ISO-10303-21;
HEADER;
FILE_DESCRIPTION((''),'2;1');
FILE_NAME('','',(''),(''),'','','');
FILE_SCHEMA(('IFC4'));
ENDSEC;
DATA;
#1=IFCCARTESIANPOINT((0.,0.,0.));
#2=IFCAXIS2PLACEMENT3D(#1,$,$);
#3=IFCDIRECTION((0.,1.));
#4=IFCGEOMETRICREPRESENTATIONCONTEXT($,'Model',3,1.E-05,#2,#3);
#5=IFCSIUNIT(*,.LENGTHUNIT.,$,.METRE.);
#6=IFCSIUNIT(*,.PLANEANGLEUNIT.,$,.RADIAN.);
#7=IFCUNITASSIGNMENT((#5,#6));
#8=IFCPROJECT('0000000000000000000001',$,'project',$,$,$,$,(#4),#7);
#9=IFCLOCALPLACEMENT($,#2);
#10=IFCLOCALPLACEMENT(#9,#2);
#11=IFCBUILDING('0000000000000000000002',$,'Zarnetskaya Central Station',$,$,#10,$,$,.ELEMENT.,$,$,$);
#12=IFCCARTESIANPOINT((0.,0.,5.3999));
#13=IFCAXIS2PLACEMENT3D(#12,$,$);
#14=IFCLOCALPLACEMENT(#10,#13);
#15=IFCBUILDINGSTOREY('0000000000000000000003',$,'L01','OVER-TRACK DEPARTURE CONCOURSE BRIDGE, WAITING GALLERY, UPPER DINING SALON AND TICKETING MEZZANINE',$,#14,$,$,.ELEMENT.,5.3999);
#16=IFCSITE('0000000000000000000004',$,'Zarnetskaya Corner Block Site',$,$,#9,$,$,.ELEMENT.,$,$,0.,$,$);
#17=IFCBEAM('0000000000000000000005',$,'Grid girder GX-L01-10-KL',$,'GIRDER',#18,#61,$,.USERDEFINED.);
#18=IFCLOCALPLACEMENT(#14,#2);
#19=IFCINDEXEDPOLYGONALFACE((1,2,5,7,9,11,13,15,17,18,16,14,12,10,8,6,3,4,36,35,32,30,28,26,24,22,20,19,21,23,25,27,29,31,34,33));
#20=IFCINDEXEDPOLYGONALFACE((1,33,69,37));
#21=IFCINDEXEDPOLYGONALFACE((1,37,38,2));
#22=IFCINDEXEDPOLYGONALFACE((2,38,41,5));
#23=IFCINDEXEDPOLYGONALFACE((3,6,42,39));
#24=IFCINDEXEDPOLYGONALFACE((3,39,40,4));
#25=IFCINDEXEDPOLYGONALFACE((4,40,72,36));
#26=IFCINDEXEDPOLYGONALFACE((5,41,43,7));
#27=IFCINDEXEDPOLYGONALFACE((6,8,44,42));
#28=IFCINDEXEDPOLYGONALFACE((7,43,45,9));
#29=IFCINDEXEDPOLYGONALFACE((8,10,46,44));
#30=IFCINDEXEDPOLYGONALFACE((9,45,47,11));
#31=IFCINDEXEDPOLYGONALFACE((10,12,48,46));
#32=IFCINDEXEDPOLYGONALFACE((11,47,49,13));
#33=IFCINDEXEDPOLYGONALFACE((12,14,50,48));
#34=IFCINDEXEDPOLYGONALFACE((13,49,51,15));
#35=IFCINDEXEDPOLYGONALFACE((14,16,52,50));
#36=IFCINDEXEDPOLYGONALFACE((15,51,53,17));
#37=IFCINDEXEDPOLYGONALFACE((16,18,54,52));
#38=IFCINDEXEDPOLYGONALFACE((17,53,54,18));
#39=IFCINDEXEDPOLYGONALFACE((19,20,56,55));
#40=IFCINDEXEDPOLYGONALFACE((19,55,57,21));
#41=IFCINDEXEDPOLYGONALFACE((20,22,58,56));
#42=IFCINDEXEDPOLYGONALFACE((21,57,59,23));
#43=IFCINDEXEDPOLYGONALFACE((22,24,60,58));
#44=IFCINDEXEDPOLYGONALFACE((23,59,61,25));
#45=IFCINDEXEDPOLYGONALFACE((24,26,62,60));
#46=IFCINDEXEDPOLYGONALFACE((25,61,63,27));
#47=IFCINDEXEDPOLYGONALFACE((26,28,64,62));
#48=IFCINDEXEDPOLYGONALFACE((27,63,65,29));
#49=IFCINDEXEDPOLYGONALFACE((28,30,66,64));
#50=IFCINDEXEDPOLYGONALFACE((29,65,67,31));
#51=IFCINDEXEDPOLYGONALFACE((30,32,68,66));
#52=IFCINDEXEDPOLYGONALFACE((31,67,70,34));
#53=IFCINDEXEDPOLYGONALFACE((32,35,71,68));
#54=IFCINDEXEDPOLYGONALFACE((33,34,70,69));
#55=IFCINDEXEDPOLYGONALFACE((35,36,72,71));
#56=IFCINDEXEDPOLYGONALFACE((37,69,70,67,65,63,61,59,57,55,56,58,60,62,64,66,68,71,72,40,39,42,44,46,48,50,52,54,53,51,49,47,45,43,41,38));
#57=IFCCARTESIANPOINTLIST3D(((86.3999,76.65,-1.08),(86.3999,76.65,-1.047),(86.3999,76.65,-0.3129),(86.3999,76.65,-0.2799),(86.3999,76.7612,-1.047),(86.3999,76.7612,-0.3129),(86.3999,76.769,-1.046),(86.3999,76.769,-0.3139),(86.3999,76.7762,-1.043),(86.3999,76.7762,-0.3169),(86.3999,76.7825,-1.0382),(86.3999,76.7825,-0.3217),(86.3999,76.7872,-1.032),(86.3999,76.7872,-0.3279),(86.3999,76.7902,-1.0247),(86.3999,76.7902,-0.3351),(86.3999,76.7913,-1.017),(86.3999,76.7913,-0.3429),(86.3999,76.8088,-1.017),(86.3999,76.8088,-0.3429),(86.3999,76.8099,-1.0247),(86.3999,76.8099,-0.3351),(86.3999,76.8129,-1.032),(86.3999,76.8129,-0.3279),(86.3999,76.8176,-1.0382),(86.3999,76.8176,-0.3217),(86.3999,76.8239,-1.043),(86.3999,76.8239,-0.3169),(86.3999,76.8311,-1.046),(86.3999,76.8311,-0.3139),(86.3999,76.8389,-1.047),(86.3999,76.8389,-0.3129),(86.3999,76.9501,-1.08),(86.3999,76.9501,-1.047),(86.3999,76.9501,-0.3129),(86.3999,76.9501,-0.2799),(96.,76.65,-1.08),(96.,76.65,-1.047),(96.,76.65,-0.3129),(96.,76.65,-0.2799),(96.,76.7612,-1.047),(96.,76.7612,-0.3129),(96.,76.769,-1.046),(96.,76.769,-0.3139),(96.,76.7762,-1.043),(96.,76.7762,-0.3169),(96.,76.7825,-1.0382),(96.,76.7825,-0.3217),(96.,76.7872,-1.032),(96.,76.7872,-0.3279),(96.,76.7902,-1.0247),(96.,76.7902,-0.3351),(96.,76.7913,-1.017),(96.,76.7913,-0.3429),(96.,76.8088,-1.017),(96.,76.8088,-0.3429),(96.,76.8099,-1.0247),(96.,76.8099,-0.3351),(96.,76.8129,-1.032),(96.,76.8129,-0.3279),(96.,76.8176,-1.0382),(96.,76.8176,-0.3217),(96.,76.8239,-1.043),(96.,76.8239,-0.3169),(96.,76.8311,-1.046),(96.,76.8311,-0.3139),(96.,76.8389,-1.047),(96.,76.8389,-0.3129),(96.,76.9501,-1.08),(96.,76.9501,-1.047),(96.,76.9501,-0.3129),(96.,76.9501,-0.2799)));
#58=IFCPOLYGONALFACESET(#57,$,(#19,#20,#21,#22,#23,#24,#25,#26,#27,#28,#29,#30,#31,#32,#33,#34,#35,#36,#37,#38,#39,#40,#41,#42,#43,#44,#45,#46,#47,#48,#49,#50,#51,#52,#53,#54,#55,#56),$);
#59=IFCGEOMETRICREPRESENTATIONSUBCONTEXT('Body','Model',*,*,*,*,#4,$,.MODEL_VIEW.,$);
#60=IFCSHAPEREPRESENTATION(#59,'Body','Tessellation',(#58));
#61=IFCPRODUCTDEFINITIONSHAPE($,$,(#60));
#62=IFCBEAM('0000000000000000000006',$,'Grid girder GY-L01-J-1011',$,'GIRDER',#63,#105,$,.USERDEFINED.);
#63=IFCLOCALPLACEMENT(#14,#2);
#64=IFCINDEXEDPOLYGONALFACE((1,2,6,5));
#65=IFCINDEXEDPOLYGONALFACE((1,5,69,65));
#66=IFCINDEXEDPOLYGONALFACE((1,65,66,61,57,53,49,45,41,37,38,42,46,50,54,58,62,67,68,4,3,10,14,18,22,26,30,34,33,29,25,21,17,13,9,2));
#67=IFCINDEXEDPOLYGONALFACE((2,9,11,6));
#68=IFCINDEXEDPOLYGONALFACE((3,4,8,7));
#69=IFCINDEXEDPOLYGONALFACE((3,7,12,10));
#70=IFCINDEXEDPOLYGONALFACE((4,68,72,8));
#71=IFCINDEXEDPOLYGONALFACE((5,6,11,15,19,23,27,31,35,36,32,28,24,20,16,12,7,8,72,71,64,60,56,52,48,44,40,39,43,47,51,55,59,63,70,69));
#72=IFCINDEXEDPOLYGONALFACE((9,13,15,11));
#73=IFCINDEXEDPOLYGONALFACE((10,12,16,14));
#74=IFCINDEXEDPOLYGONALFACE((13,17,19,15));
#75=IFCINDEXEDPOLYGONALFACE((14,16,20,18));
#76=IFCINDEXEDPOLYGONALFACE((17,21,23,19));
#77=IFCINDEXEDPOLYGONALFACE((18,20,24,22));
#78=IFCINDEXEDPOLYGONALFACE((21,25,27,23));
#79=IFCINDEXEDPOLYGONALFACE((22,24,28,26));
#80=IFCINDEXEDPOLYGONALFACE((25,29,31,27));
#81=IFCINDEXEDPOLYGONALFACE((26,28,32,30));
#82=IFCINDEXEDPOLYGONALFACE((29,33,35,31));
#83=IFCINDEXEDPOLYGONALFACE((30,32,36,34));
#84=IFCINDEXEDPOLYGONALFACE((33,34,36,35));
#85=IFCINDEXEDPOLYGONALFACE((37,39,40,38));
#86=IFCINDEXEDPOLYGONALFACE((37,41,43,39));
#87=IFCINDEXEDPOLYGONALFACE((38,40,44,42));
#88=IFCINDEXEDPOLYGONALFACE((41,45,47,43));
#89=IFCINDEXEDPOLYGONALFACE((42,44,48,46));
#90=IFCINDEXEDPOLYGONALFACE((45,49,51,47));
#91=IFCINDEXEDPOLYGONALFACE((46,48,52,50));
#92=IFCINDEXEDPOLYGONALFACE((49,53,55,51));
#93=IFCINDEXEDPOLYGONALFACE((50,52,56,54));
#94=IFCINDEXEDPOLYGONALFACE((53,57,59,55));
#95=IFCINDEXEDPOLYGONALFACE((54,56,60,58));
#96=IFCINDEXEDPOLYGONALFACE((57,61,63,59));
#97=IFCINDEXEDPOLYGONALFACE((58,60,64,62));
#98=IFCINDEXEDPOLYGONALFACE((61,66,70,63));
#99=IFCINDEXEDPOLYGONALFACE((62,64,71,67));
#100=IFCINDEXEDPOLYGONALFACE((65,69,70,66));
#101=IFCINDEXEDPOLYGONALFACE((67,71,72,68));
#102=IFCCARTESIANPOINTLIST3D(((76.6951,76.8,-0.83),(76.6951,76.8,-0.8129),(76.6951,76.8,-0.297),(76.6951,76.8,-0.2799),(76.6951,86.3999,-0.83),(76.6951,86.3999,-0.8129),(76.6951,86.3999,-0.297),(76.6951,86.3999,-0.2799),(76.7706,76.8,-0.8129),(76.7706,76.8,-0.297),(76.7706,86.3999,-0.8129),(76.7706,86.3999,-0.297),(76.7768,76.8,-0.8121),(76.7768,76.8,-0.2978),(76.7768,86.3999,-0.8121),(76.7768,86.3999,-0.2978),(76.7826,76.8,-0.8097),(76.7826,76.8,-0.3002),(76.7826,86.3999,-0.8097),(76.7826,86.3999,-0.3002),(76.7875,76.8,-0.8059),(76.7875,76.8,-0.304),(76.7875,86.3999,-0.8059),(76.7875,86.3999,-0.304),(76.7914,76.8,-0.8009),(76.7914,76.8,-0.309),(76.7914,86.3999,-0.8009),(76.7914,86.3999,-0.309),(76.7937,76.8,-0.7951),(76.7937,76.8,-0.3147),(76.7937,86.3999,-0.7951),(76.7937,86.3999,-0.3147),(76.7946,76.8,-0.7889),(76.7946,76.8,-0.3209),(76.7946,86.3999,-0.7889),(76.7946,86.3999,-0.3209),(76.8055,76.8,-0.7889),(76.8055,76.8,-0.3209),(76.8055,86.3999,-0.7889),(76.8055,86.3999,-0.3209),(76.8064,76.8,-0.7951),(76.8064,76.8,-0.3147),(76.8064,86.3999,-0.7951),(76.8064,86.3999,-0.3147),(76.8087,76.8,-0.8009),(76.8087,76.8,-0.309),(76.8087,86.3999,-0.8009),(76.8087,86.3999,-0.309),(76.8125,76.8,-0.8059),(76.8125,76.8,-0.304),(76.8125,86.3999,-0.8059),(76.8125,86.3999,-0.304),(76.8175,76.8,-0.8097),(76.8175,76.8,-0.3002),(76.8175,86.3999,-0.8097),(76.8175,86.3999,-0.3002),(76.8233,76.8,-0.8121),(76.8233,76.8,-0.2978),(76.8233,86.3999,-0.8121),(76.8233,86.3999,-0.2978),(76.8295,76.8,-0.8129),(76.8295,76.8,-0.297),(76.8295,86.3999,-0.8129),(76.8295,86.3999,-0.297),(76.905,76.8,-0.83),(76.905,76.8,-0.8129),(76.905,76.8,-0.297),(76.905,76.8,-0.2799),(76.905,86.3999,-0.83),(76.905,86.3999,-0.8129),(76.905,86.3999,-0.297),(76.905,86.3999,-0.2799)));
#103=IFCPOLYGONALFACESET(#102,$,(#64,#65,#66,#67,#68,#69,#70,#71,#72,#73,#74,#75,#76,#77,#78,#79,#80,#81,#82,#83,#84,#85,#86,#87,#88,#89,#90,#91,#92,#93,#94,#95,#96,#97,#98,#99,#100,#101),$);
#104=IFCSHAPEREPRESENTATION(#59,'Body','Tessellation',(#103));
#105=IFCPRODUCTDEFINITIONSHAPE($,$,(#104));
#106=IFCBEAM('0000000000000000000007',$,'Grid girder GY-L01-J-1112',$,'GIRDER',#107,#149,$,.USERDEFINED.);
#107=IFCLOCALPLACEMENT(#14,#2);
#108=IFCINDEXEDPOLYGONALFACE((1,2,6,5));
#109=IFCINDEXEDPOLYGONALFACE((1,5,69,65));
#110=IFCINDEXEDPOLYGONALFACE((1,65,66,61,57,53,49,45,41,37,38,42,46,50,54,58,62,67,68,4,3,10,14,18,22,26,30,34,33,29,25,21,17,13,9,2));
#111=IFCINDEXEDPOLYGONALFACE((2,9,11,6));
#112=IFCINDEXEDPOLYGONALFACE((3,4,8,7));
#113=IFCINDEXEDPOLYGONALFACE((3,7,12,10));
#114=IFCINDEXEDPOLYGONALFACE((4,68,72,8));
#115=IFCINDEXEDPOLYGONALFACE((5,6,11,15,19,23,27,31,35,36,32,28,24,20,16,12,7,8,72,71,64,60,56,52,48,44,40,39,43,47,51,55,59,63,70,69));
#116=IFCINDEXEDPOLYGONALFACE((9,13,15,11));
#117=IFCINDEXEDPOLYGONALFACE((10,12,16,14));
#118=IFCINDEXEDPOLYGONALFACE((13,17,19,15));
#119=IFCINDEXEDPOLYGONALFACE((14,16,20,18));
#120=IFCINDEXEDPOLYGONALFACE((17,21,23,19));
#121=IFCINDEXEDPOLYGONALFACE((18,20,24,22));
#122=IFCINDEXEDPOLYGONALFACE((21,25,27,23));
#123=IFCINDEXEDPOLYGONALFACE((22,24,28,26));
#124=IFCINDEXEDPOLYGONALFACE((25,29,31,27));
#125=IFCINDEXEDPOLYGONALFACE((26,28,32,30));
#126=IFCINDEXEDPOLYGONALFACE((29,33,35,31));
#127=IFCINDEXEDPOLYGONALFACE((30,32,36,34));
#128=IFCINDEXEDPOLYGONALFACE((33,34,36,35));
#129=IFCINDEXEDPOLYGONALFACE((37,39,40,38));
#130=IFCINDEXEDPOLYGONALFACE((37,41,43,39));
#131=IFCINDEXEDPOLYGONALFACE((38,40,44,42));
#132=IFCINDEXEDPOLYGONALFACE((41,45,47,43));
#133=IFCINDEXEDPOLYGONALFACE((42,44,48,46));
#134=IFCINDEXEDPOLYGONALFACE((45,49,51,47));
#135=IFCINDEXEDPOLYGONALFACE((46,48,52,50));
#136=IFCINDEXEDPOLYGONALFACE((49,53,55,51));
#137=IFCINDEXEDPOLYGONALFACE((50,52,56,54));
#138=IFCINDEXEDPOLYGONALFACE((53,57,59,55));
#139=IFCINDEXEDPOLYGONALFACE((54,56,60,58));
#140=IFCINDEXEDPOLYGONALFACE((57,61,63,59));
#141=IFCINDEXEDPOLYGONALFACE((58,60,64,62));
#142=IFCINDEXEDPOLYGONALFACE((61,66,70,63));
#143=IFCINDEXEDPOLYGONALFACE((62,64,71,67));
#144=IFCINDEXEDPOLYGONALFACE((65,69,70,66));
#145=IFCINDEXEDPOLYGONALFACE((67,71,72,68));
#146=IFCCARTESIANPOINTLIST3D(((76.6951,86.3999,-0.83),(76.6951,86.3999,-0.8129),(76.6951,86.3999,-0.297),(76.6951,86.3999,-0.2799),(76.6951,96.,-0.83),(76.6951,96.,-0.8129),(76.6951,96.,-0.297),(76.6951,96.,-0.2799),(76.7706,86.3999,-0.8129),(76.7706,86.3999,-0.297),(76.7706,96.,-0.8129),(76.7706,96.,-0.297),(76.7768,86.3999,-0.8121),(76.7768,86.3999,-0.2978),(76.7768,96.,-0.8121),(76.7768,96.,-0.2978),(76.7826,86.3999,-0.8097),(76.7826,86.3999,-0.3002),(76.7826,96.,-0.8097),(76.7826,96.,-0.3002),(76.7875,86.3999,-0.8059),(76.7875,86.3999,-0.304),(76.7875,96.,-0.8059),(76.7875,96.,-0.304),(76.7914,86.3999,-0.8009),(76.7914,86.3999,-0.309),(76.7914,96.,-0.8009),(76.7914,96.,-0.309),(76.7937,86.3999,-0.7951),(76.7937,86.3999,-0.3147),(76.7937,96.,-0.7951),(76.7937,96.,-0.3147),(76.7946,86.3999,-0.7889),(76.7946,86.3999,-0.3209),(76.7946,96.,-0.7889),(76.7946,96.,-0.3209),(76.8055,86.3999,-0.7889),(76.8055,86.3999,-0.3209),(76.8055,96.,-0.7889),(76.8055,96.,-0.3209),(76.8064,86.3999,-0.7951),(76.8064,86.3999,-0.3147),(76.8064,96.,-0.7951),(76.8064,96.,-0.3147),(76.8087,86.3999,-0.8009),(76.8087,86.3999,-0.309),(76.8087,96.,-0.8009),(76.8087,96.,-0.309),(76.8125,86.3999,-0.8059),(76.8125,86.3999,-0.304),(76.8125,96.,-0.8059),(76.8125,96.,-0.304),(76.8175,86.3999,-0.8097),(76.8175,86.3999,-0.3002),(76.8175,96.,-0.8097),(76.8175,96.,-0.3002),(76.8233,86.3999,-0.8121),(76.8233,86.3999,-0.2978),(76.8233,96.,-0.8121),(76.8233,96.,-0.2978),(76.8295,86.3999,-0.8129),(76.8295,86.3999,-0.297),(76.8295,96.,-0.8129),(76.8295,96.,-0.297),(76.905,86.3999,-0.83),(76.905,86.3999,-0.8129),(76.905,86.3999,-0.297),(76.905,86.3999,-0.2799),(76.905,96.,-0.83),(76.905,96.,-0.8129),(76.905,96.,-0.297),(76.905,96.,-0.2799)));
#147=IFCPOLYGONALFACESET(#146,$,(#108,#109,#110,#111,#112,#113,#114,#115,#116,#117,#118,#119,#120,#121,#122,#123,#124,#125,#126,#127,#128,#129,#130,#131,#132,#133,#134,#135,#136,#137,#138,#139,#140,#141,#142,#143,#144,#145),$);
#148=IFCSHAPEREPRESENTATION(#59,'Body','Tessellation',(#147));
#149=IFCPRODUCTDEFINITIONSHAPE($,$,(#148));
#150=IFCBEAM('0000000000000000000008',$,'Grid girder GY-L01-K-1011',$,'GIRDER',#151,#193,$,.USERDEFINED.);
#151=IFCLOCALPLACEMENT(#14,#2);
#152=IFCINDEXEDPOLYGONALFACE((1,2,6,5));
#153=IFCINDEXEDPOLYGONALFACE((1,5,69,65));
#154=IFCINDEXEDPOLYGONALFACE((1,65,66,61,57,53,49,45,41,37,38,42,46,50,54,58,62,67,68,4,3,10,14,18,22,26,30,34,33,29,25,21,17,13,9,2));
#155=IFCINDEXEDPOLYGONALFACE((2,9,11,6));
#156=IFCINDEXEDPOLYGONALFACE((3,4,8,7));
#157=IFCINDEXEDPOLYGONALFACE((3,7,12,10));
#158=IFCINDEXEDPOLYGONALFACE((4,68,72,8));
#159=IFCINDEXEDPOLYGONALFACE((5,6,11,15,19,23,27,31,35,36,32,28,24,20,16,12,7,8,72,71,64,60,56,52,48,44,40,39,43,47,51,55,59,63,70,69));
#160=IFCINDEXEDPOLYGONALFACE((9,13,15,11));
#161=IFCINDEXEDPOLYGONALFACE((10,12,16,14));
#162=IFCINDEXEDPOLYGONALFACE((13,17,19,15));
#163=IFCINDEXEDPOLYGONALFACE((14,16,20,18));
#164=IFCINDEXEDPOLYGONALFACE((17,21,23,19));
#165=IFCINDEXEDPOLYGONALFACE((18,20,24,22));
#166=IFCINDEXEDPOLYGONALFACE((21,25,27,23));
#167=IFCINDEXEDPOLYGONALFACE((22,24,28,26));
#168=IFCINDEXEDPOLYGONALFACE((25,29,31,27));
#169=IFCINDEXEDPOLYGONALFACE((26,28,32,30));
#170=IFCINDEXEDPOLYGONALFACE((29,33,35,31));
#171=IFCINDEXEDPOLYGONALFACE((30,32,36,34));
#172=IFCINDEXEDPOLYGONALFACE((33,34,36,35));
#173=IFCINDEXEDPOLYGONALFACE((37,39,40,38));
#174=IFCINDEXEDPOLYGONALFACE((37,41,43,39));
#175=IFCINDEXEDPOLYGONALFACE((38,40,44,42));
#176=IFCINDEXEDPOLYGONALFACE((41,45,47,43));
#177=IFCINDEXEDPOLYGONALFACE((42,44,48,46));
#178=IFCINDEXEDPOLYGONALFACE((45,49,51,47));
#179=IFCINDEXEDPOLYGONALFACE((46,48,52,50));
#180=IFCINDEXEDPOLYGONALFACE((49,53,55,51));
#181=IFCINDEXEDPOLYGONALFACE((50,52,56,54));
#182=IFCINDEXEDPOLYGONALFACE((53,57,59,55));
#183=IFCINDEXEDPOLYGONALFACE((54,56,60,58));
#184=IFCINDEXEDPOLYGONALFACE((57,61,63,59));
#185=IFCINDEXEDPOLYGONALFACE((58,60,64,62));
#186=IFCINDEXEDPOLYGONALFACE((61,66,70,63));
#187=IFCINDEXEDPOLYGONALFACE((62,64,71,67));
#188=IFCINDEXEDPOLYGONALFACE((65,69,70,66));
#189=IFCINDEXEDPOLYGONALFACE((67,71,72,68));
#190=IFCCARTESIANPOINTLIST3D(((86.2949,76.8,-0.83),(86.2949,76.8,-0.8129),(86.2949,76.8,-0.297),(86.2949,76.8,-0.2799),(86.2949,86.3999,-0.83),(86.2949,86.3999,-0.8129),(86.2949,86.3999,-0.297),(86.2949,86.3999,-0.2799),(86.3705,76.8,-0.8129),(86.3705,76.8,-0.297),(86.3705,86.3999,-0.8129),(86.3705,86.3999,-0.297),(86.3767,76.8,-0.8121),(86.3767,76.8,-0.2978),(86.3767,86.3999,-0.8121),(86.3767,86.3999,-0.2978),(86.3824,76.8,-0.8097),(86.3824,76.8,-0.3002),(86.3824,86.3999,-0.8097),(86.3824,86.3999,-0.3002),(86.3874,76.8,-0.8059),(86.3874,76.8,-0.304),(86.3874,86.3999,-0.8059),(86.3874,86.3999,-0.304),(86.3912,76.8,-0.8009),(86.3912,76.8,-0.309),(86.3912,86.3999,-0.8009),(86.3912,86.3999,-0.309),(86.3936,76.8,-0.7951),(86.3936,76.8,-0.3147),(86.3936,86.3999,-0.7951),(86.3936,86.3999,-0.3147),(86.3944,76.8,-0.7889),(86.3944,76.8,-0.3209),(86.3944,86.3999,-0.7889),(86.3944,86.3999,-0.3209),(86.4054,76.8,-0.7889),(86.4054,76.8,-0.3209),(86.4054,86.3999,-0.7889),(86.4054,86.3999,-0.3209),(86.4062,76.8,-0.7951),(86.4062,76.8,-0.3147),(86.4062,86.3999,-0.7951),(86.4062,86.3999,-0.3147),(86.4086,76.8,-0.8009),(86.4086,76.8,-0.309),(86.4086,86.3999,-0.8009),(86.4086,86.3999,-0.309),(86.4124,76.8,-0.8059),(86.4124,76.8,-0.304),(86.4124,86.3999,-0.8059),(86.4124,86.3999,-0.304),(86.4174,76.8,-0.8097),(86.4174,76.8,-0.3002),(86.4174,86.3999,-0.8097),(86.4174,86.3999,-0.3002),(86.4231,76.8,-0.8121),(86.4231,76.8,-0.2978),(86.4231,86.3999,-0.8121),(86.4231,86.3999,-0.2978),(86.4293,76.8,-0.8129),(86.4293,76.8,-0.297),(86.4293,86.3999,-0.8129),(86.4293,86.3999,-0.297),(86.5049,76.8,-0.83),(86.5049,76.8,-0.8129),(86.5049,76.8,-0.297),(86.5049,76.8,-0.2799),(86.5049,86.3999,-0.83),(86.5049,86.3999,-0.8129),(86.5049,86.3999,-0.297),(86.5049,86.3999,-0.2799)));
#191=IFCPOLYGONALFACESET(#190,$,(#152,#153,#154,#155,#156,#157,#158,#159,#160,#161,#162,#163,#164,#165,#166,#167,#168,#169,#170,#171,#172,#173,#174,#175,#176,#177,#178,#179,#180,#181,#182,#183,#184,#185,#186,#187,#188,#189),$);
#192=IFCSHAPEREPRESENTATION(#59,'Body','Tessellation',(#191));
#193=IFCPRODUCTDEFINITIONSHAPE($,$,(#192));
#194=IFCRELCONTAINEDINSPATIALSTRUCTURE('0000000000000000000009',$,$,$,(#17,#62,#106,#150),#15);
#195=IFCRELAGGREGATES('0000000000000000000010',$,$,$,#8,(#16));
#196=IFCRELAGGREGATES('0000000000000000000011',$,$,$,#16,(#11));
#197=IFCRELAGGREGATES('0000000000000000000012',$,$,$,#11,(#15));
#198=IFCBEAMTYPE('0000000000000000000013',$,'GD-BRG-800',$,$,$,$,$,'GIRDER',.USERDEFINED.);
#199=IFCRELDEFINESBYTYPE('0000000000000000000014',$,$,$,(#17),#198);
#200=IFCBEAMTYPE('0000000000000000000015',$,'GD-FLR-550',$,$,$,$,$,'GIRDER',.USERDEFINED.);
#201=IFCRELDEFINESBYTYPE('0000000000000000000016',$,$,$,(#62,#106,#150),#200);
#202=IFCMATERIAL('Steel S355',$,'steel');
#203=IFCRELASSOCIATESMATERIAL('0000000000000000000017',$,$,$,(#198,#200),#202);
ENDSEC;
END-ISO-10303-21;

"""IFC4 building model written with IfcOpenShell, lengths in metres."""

from ifc_helpers import new_model, si_unit, direction, frame, origin, origin_2d, place, context, subcontext, project, spatial, i_section, extrude, material, material_profile, profile_set, type_object, element, save


model = new_model("IFC4")

# Units and contexts
model_context = context("Model", 3, precision=1e-05, world=origin(), true_north=direction((0.0, 1.0)))
body_context = subcontext(model_context, "Body", "Model", "MODEL_VIEW")
ifc_project = project(units=[si_unit("LENGTHUNIT", "METRE"), si_unit("PLANEANGLEUNIT", "RADIAN")], contexts=[model_context])

# Site, building, storey
site_placement = place(None, origin())
site = spatial("IfcSite", under=ifc_project, at=site_placement, Name="Zarnetskaya Corner Block Site", CompositionType="ELEMENT", RefElevation=0.0)
building_placement = place(site_placement, origin())
building = spatial("IfcBuilding", under=site, at=building_placement, Name="Zarnetskaya Central Station", CompositionType="ELEMENT")
storey_placement = place(building_placement, frame((0.0, 0.0, 5.3999)))
storey = spatial("IfcBuildingStorey", under=building, at=storey_placement, Name="L01", Description="OVER-TRACK DEPARTURE CONCOURSE BRIDGE, WAITING GALLERY, UPPER DINING SALON AND TICKETING MEZZANINE", CompositionType="ELEMENT", Elevation=5.3999)

# Shared definitions
ifc_material_1 = material(Name="Steel S355", Category="steel")

# Beams
ifc_material_profile_1 = material_profile(ifc_material_1, i_section(OverallWidth=0.3, OverallDepth=0.8, WebThickness=0.0176, FlangeThickness=0.033, FilletRadius=0.03, at=origin_2d()), Name="HEB 800")
ifc_profile_set_1 = profile_set([ifc_material_profile_1], Name="Steel S355")
beam_type_1 = type_object("IfcBeamType", Name="GD-BRG-800", ElementType="GIRDER", PredefinedType="USERDEFINED", material=ifc_profile_set_1)
beam_1_placement = place(storey_placement, frame((86.3999, 76.8, -0.6799), z_axis=(1.0, 0.0, 0.0), x_axis=(0.0, 1.0, 0.0)))
element("IfcBeam", 1, at=beam_1_placement, inside=storey, type_object=beam_type_1, Name="Grid girder GX-L01-10-KL", ObjectType="GIRDER", PredefinedType="USERDEFINED", context=body_context, shape_type="SweptSolid", body=[
    extrude(i_section(OverallWidth=0.3, OverallDepth=0.8, WebThickness=0.0176, FlangeThickness=0.033, FilletRadius=0.03, at=origin_2d()), origin(), (0.0, 0.0, 1.0), 9.6001),
])
ifc_material_profile_2 = material_profile(ifc_material_1, i_section(OverallWidth=0.21, OverallDepth=0.55, WebThickness=0.011, FlangeThickness=0.0171, FilletRadius=0.0239, at=origin_2d()), Name="IPE 550")
ifc_profile_set_2 = profile_set([ifc_material_profile_2], Name="Steel S355")
beam_type_2 = type_object("IfcBeamType", Name="GD-FLR-550", ElementType="GIRDER", PredefinedType="USERDEFINED", material=ifc_profile_set_2)
beam_2_placement = place(storey_placement, frame((76.8, 76.8, -0.5549), z_axis=(0.0, 1.0, 0.0), x_axis=(-1.0, 0.0, 0.0)))
element("IfcBeam", 2, at=beam_2_placement, inside=storey, type_object=beam_type_2, Name="Grid girder GY-L01-J-1011", ObjectType="GIRDER", PredefinedType="USERDEFINED", context=body_context, shape_type="SweptSolid", body=[
    extrude(i_section(OverallWidth=0.21, OverallDepth=0.55, WebThickness=0.011, FlangeThickness=0.0171, FilletRadius=0.0239, at=origin_2d()), origin(), (0.0, 0.0, 1.0), 9.5999),
])
beam_3_placement = place(storey_placement, frame((76.8, 86.3999, -0.5549), z_axis=(0.0, 1.0, 0.0), x_axis=(-1.0, 0.0, 0.0)))
element("IfcBeam", 3, at=beam_3_placement, inside=storey, type_object=beam_type_2, Name="Grid girder GY-L01-J-1112", ObjectType="GIRDER", PredefinedType="USERDEFINED", context=body_context, shape_type="SweptSolid", body=[
    extrude(i_section(OverallWidth=0.21, OverallDepth=0.55, WebThickness=0.011, FlangeThickness=0.0171, FilletRadius=0.0239, at=origin_2d()), origin(), (0.0, 0.0, 1.0), 9.6001),
])
beam_4_placement = place(storey_placement, frame((86.3999, 76.8, -0.5549), z_axis=(0.0, 1.0, 0.0), x_axis=(-1.0, 0.0, 0.0)))
element("IfcBeam", 4, at=beam_4_placement, inside=storey, type_object=beam_type_2, Name="Grid girder GY-L01-K-1011", ObjectType="GIRDER", PredefinedType="USERDEFINED", context=body_context, shape_type="SweptSolid", body=[
    extrude(i_section(OverallWidth=0.21, OverallDepth=0.55, WebThickness=0.011, FlangeThickness=0.0171, FilletRadius=0.0239, at=origin_2d()), origin(), (0.0, 0.0, 1.0), 9.5999),
])

save(model, "model.ifc")
